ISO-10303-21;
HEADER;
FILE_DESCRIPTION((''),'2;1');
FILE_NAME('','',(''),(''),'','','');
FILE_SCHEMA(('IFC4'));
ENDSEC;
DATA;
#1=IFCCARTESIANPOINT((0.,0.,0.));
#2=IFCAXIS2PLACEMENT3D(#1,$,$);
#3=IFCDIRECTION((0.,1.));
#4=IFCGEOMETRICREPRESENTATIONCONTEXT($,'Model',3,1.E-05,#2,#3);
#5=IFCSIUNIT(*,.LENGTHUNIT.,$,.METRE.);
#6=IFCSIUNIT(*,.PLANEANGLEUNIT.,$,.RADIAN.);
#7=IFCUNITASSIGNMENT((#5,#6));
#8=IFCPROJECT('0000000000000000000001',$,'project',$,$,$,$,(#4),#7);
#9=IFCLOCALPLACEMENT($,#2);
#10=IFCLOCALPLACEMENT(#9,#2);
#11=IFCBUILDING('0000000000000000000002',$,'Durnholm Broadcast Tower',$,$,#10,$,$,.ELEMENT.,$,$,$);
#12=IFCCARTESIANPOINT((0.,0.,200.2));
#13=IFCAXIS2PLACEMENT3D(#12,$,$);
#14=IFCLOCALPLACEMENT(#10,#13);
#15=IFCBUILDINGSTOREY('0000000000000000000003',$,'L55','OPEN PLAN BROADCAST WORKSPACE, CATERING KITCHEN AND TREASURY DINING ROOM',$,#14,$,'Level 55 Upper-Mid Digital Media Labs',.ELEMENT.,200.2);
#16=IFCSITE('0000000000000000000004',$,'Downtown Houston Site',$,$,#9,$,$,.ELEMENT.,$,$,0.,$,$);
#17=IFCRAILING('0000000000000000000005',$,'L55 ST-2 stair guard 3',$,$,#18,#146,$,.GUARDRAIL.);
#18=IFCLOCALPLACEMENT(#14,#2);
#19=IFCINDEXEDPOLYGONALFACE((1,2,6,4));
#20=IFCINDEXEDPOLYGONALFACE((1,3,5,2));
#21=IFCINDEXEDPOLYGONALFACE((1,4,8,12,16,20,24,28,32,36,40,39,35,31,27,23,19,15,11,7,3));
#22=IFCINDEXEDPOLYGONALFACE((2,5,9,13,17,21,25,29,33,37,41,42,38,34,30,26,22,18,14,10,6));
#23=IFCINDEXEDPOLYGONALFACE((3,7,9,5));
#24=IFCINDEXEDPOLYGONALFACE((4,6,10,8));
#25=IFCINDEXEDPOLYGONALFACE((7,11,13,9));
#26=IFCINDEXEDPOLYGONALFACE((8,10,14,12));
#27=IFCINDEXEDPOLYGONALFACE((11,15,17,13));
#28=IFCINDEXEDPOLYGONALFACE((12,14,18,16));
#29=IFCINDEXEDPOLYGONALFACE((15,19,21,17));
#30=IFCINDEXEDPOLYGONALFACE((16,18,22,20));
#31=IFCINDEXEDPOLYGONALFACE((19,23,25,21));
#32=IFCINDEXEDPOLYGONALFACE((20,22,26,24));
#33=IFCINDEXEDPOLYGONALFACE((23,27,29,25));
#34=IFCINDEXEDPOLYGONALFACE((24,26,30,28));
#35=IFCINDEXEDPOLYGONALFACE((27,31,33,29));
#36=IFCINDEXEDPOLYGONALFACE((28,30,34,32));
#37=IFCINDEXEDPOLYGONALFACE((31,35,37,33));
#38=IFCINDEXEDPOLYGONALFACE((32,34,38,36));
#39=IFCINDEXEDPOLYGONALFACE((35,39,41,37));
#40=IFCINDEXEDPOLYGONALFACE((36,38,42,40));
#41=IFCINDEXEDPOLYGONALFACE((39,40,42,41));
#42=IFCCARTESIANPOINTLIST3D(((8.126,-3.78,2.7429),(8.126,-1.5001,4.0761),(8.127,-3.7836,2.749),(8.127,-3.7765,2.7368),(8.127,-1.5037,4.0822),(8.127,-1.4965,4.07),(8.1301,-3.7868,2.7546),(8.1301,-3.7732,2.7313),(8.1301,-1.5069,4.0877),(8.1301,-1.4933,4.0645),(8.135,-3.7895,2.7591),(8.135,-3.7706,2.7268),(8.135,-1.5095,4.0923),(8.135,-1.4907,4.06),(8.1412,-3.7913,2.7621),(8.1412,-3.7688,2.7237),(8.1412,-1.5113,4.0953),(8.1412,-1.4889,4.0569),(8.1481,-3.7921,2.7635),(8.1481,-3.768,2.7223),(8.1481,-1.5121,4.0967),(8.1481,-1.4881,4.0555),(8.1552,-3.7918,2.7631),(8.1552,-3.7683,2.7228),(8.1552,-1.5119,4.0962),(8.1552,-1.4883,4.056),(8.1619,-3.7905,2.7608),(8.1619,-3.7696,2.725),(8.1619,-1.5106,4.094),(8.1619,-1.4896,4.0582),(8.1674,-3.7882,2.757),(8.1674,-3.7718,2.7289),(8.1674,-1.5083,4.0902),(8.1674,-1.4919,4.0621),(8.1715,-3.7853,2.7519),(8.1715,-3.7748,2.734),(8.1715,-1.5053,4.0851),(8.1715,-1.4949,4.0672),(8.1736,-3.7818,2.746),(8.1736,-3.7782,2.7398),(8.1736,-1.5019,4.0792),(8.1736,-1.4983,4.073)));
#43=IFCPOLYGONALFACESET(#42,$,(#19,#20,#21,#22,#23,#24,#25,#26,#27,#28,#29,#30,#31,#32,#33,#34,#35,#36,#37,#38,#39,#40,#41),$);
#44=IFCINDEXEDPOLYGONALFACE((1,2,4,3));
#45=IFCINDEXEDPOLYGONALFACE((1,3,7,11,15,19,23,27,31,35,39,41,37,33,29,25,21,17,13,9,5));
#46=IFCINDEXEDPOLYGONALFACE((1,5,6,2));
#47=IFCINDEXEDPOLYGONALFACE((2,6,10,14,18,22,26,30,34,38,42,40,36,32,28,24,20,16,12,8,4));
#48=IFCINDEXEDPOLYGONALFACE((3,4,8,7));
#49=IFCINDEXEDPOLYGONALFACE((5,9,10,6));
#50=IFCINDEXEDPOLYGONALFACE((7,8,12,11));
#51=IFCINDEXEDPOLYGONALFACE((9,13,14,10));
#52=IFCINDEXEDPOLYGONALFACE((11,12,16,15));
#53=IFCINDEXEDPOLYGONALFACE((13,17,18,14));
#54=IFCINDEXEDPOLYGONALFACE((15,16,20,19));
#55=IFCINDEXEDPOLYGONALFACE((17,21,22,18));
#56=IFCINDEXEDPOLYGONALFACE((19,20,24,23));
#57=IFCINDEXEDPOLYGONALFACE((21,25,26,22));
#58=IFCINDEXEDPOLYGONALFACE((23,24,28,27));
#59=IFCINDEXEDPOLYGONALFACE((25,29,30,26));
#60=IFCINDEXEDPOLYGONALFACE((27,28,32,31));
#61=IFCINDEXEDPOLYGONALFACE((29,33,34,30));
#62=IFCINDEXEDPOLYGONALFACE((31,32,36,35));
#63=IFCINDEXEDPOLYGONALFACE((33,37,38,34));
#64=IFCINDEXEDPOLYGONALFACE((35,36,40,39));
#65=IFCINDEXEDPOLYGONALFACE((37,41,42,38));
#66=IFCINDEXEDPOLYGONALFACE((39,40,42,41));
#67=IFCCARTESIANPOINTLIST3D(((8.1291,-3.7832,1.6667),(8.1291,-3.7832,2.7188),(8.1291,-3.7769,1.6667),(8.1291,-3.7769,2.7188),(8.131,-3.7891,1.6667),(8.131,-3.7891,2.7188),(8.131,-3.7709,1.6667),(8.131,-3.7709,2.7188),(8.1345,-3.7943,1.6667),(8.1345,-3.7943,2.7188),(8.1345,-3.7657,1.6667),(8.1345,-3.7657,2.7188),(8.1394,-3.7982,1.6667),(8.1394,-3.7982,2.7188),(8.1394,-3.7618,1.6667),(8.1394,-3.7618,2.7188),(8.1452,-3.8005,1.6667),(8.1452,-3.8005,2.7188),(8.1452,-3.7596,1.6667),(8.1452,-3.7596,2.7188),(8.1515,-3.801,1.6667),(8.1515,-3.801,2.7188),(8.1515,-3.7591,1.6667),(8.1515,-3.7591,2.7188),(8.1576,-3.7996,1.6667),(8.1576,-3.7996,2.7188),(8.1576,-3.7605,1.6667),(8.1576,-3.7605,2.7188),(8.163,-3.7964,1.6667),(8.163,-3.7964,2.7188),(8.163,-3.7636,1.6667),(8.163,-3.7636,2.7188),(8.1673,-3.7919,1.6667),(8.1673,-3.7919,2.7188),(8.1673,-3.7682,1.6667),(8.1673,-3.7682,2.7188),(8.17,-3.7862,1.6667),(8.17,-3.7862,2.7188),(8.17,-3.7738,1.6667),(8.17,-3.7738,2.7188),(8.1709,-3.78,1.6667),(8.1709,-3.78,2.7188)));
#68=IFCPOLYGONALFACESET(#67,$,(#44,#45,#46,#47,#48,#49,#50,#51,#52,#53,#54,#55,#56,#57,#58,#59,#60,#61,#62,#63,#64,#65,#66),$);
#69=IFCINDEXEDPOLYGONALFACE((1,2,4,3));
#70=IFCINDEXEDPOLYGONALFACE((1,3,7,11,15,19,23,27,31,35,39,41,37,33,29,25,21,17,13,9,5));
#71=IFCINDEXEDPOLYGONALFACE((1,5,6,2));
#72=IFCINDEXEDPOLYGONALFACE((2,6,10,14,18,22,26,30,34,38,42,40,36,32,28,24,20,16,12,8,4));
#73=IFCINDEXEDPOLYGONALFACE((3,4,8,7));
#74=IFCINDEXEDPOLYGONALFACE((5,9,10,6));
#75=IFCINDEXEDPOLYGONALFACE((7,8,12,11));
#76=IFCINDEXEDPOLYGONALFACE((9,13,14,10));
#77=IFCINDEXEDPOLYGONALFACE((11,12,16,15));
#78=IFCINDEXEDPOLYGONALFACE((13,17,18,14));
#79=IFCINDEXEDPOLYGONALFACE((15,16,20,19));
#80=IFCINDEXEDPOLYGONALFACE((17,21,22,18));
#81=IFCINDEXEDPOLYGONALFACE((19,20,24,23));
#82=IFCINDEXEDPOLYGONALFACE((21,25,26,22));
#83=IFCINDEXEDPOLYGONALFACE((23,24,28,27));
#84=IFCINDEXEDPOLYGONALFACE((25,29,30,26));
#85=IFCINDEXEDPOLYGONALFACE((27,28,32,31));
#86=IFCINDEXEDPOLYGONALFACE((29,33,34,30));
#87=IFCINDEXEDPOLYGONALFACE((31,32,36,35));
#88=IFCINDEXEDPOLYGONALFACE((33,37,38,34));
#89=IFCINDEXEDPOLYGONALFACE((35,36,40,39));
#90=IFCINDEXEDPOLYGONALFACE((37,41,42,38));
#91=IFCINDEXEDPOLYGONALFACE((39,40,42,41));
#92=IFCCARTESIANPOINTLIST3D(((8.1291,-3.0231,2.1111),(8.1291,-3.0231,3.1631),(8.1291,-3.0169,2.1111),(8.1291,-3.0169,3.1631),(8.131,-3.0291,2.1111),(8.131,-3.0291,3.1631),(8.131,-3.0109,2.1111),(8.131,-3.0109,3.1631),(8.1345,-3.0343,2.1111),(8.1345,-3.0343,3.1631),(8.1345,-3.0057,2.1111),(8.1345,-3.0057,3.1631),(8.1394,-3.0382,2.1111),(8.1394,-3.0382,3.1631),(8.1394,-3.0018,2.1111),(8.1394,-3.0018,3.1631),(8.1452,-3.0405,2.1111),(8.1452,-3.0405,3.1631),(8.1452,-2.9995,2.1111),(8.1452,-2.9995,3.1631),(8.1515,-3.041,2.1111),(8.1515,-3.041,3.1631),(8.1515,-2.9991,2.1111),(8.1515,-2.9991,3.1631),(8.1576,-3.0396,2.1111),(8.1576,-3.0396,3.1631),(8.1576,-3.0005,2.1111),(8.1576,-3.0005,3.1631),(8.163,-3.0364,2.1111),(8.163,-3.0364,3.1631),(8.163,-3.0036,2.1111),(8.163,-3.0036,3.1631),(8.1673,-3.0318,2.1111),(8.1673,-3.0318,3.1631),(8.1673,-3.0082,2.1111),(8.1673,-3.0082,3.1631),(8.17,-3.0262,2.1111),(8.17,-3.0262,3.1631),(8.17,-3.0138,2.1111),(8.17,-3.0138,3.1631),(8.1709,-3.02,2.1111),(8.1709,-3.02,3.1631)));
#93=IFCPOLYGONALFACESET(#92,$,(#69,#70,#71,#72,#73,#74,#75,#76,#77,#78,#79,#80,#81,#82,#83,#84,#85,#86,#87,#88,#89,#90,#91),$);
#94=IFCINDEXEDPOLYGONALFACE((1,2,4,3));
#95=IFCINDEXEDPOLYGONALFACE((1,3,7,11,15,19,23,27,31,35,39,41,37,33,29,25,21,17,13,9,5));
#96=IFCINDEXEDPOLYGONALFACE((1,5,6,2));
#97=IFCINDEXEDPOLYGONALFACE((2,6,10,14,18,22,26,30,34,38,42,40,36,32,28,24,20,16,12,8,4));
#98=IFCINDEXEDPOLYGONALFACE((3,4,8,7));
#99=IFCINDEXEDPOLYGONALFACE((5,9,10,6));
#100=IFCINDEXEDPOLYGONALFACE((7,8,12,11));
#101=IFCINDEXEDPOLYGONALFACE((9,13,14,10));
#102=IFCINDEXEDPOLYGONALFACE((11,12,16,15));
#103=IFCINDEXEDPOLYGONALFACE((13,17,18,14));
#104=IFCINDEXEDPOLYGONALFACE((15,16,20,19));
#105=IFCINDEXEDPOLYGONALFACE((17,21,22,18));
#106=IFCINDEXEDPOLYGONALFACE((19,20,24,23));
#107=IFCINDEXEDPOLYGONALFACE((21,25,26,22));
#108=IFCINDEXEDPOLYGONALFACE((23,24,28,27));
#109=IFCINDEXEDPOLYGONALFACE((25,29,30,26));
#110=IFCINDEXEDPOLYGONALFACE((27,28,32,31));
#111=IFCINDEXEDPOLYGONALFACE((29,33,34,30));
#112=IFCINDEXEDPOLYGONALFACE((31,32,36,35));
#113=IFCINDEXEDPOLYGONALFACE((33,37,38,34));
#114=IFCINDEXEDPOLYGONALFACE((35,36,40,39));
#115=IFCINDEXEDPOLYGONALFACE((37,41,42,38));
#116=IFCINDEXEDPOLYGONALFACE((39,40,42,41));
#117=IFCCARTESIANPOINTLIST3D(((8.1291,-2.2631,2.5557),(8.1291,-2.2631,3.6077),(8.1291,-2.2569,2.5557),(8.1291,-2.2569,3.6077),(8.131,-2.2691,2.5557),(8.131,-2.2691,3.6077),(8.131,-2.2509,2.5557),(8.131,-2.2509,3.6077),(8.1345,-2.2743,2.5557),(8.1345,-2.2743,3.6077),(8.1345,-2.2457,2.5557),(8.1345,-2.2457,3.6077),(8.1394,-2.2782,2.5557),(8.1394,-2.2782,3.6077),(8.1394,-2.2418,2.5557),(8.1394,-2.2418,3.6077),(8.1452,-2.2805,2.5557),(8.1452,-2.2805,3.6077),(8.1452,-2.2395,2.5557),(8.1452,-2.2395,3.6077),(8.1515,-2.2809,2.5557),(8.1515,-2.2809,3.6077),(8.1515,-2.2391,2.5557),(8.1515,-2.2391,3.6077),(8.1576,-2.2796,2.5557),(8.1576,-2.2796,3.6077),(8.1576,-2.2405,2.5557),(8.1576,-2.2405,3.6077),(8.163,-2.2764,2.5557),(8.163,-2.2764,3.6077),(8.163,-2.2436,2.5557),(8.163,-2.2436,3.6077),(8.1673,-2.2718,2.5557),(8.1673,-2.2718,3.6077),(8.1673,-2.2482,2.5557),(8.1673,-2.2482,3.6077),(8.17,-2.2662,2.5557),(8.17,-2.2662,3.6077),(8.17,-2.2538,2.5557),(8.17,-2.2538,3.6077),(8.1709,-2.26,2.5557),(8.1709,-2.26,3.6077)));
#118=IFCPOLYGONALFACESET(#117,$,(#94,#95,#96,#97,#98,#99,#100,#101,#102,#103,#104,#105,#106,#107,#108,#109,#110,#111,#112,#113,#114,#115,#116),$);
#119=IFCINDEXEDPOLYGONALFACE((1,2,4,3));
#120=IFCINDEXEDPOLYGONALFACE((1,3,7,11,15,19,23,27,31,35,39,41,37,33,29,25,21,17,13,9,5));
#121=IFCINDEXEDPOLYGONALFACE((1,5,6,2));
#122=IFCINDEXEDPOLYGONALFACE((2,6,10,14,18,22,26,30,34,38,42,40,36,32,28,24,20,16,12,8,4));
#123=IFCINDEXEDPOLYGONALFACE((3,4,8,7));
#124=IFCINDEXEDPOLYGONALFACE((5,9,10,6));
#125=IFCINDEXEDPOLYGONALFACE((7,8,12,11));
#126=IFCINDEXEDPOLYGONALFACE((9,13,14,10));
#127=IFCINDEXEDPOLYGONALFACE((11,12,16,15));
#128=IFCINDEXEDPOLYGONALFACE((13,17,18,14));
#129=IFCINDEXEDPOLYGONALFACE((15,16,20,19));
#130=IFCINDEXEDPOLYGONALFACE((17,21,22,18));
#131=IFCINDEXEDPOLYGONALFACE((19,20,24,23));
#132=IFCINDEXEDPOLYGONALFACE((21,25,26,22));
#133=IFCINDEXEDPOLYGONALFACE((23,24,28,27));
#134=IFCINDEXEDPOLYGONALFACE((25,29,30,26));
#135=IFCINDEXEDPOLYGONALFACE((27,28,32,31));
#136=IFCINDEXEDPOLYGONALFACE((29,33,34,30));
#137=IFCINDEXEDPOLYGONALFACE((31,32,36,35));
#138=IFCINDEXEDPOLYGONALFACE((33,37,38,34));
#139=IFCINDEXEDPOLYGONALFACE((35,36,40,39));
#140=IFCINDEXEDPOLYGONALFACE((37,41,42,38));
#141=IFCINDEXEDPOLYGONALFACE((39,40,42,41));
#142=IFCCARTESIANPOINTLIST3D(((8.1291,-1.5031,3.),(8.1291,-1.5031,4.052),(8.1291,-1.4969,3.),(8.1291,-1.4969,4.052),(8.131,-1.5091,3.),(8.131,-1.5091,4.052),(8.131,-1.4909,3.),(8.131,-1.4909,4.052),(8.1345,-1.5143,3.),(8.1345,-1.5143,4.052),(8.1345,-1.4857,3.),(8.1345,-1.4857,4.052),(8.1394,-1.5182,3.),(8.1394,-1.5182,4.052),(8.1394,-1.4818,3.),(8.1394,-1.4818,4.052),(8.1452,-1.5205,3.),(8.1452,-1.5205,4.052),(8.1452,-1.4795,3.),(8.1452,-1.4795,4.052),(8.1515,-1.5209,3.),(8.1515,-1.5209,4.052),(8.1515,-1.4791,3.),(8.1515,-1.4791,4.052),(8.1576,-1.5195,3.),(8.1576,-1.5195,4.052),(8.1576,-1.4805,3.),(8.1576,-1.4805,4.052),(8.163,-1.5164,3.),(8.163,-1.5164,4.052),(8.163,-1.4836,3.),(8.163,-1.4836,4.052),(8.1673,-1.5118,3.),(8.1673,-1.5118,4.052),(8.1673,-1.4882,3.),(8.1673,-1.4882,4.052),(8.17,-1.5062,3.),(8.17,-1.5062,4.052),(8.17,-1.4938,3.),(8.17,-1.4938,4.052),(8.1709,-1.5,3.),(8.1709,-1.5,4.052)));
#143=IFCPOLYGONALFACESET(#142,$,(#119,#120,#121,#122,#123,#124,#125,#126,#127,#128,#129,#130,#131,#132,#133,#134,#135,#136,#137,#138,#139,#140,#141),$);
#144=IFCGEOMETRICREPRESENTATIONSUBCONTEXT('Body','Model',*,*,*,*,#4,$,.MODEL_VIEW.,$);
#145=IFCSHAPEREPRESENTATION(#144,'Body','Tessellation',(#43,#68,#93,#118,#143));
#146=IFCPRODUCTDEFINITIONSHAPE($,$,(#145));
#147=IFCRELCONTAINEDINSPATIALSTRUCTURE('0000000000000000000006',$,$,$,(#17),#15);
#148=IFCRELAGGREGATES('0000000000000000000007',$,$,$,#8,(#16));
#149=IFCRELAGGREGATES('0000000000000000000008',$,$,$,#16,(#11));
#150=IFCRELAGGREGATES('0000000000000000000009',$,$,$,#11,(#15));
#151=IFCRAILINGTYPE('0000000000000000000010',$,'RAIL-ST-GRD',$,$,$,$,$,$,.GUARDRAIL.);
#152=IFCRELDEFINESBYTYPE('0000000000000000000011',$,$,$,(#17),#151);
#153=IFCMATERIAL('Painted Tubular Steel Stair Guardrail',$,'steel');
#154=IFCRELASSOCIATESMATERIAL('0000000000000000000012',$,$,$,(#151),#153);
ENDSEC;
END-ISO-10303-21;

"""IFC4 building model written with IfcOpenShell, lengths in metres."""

from ifc_helpers import new_model, si_unit, direction, frame, origin, origin_2d, place, context, subcontext, project, spatial, circle, extrude, material, type_object, element, save


model = new_model("IFC4")

# Units and contexts
model_context = context("Model", 3, precision=1e-05, world=origin(), true_north=direction((0.0, 1.0)))
body_context = subcontext(model_context, "Body", "Model", "MODEL_VIEW")
ifc_project = project(units=[si_unit("LENGTHUNIT", "METRE"), si_unit("PLANEANGLEUNIT", "RADIAN")], contexts=[model_context])

# Site, building, storey
site_placement = place(None, origin())
site = spatial("IfcSite", under=ifc_project, at=site_placement, Name="Downtown Houston Site", CompositionType="ELEMENT", RefElevation=0.0)
building_placement = place(site_placement, origin())
building = spatial("IfcBuilding", under=site, at=building_placement, Name="Durnholm Broadcast Tower", CompositionType="ELEMENT")
storey_placement = place(building_placement, frame((0.0, 0.0, 200.2)))
storey = spatial("IfcBuildingStorey", under=building, at=storey_placement, Name="L55", Description="OPEN PLAN BROADCAST WORKSPACE, CATERING KITCHEN AND TREASURY DINING ROOM", LongName="Level 55 Upper-Mid Digital Media Labs", CompositionType="ELEMENT", Elevation=200.2)

# Railing
ifc_material_1 = material(Name="Painted Tubular Steel Stair Guardrail", Category="steel")
railing_type_1 = type_object("IfcRailingType", Name="RAIL-ST-GRD", PredefinedType="GUARDRAIL", material=ifc_material_1)
railing_1_placement = place(storey_placement, frame((8.1499, -3.78, 1.6667)))
element("IfcRailing", 1, at=railing_1_placement, inside=storey, type_object=railing_type_1, Name="L55 ST-2 stair guard 3", PredefinedType="GUARDRAIL", context=body_context, shape_type="SweptSolid", body=[
    extrude(circle(Radius=0.0239, at=origin_2d()), frame((0.0, 0.0, 1.0762), z_axis=(0.0, 0.863245, 0.504785), x_axis=(-1.0, 0.0, 0.0)), (0.0, 0.0, 1.0), 2.6411),
    extrude(circle(Radius=0.021, at=origin_2d()), origin(), (0.0, 0.0, 1.0), 1.052),
    extrude(circle(Radius=0.021, at=origin_2d()), frame((0.0, 0.76, 0.4443)), (0.0, 0.0, 1.0), 1.052),
    extrude(circle(Radius=0.021, at=origin_2d()), frame((0.0, 1.52, 0.8889)), (0.0, 0.0, 1.0), 1.052),
    extrude(circle(Radius=0.021, at=origin_2d()), frame((0.0, 2.28, 1.3333)), (0.0, 0.0, 1.0), 1.052),
])

save(model, "model.ifc")
